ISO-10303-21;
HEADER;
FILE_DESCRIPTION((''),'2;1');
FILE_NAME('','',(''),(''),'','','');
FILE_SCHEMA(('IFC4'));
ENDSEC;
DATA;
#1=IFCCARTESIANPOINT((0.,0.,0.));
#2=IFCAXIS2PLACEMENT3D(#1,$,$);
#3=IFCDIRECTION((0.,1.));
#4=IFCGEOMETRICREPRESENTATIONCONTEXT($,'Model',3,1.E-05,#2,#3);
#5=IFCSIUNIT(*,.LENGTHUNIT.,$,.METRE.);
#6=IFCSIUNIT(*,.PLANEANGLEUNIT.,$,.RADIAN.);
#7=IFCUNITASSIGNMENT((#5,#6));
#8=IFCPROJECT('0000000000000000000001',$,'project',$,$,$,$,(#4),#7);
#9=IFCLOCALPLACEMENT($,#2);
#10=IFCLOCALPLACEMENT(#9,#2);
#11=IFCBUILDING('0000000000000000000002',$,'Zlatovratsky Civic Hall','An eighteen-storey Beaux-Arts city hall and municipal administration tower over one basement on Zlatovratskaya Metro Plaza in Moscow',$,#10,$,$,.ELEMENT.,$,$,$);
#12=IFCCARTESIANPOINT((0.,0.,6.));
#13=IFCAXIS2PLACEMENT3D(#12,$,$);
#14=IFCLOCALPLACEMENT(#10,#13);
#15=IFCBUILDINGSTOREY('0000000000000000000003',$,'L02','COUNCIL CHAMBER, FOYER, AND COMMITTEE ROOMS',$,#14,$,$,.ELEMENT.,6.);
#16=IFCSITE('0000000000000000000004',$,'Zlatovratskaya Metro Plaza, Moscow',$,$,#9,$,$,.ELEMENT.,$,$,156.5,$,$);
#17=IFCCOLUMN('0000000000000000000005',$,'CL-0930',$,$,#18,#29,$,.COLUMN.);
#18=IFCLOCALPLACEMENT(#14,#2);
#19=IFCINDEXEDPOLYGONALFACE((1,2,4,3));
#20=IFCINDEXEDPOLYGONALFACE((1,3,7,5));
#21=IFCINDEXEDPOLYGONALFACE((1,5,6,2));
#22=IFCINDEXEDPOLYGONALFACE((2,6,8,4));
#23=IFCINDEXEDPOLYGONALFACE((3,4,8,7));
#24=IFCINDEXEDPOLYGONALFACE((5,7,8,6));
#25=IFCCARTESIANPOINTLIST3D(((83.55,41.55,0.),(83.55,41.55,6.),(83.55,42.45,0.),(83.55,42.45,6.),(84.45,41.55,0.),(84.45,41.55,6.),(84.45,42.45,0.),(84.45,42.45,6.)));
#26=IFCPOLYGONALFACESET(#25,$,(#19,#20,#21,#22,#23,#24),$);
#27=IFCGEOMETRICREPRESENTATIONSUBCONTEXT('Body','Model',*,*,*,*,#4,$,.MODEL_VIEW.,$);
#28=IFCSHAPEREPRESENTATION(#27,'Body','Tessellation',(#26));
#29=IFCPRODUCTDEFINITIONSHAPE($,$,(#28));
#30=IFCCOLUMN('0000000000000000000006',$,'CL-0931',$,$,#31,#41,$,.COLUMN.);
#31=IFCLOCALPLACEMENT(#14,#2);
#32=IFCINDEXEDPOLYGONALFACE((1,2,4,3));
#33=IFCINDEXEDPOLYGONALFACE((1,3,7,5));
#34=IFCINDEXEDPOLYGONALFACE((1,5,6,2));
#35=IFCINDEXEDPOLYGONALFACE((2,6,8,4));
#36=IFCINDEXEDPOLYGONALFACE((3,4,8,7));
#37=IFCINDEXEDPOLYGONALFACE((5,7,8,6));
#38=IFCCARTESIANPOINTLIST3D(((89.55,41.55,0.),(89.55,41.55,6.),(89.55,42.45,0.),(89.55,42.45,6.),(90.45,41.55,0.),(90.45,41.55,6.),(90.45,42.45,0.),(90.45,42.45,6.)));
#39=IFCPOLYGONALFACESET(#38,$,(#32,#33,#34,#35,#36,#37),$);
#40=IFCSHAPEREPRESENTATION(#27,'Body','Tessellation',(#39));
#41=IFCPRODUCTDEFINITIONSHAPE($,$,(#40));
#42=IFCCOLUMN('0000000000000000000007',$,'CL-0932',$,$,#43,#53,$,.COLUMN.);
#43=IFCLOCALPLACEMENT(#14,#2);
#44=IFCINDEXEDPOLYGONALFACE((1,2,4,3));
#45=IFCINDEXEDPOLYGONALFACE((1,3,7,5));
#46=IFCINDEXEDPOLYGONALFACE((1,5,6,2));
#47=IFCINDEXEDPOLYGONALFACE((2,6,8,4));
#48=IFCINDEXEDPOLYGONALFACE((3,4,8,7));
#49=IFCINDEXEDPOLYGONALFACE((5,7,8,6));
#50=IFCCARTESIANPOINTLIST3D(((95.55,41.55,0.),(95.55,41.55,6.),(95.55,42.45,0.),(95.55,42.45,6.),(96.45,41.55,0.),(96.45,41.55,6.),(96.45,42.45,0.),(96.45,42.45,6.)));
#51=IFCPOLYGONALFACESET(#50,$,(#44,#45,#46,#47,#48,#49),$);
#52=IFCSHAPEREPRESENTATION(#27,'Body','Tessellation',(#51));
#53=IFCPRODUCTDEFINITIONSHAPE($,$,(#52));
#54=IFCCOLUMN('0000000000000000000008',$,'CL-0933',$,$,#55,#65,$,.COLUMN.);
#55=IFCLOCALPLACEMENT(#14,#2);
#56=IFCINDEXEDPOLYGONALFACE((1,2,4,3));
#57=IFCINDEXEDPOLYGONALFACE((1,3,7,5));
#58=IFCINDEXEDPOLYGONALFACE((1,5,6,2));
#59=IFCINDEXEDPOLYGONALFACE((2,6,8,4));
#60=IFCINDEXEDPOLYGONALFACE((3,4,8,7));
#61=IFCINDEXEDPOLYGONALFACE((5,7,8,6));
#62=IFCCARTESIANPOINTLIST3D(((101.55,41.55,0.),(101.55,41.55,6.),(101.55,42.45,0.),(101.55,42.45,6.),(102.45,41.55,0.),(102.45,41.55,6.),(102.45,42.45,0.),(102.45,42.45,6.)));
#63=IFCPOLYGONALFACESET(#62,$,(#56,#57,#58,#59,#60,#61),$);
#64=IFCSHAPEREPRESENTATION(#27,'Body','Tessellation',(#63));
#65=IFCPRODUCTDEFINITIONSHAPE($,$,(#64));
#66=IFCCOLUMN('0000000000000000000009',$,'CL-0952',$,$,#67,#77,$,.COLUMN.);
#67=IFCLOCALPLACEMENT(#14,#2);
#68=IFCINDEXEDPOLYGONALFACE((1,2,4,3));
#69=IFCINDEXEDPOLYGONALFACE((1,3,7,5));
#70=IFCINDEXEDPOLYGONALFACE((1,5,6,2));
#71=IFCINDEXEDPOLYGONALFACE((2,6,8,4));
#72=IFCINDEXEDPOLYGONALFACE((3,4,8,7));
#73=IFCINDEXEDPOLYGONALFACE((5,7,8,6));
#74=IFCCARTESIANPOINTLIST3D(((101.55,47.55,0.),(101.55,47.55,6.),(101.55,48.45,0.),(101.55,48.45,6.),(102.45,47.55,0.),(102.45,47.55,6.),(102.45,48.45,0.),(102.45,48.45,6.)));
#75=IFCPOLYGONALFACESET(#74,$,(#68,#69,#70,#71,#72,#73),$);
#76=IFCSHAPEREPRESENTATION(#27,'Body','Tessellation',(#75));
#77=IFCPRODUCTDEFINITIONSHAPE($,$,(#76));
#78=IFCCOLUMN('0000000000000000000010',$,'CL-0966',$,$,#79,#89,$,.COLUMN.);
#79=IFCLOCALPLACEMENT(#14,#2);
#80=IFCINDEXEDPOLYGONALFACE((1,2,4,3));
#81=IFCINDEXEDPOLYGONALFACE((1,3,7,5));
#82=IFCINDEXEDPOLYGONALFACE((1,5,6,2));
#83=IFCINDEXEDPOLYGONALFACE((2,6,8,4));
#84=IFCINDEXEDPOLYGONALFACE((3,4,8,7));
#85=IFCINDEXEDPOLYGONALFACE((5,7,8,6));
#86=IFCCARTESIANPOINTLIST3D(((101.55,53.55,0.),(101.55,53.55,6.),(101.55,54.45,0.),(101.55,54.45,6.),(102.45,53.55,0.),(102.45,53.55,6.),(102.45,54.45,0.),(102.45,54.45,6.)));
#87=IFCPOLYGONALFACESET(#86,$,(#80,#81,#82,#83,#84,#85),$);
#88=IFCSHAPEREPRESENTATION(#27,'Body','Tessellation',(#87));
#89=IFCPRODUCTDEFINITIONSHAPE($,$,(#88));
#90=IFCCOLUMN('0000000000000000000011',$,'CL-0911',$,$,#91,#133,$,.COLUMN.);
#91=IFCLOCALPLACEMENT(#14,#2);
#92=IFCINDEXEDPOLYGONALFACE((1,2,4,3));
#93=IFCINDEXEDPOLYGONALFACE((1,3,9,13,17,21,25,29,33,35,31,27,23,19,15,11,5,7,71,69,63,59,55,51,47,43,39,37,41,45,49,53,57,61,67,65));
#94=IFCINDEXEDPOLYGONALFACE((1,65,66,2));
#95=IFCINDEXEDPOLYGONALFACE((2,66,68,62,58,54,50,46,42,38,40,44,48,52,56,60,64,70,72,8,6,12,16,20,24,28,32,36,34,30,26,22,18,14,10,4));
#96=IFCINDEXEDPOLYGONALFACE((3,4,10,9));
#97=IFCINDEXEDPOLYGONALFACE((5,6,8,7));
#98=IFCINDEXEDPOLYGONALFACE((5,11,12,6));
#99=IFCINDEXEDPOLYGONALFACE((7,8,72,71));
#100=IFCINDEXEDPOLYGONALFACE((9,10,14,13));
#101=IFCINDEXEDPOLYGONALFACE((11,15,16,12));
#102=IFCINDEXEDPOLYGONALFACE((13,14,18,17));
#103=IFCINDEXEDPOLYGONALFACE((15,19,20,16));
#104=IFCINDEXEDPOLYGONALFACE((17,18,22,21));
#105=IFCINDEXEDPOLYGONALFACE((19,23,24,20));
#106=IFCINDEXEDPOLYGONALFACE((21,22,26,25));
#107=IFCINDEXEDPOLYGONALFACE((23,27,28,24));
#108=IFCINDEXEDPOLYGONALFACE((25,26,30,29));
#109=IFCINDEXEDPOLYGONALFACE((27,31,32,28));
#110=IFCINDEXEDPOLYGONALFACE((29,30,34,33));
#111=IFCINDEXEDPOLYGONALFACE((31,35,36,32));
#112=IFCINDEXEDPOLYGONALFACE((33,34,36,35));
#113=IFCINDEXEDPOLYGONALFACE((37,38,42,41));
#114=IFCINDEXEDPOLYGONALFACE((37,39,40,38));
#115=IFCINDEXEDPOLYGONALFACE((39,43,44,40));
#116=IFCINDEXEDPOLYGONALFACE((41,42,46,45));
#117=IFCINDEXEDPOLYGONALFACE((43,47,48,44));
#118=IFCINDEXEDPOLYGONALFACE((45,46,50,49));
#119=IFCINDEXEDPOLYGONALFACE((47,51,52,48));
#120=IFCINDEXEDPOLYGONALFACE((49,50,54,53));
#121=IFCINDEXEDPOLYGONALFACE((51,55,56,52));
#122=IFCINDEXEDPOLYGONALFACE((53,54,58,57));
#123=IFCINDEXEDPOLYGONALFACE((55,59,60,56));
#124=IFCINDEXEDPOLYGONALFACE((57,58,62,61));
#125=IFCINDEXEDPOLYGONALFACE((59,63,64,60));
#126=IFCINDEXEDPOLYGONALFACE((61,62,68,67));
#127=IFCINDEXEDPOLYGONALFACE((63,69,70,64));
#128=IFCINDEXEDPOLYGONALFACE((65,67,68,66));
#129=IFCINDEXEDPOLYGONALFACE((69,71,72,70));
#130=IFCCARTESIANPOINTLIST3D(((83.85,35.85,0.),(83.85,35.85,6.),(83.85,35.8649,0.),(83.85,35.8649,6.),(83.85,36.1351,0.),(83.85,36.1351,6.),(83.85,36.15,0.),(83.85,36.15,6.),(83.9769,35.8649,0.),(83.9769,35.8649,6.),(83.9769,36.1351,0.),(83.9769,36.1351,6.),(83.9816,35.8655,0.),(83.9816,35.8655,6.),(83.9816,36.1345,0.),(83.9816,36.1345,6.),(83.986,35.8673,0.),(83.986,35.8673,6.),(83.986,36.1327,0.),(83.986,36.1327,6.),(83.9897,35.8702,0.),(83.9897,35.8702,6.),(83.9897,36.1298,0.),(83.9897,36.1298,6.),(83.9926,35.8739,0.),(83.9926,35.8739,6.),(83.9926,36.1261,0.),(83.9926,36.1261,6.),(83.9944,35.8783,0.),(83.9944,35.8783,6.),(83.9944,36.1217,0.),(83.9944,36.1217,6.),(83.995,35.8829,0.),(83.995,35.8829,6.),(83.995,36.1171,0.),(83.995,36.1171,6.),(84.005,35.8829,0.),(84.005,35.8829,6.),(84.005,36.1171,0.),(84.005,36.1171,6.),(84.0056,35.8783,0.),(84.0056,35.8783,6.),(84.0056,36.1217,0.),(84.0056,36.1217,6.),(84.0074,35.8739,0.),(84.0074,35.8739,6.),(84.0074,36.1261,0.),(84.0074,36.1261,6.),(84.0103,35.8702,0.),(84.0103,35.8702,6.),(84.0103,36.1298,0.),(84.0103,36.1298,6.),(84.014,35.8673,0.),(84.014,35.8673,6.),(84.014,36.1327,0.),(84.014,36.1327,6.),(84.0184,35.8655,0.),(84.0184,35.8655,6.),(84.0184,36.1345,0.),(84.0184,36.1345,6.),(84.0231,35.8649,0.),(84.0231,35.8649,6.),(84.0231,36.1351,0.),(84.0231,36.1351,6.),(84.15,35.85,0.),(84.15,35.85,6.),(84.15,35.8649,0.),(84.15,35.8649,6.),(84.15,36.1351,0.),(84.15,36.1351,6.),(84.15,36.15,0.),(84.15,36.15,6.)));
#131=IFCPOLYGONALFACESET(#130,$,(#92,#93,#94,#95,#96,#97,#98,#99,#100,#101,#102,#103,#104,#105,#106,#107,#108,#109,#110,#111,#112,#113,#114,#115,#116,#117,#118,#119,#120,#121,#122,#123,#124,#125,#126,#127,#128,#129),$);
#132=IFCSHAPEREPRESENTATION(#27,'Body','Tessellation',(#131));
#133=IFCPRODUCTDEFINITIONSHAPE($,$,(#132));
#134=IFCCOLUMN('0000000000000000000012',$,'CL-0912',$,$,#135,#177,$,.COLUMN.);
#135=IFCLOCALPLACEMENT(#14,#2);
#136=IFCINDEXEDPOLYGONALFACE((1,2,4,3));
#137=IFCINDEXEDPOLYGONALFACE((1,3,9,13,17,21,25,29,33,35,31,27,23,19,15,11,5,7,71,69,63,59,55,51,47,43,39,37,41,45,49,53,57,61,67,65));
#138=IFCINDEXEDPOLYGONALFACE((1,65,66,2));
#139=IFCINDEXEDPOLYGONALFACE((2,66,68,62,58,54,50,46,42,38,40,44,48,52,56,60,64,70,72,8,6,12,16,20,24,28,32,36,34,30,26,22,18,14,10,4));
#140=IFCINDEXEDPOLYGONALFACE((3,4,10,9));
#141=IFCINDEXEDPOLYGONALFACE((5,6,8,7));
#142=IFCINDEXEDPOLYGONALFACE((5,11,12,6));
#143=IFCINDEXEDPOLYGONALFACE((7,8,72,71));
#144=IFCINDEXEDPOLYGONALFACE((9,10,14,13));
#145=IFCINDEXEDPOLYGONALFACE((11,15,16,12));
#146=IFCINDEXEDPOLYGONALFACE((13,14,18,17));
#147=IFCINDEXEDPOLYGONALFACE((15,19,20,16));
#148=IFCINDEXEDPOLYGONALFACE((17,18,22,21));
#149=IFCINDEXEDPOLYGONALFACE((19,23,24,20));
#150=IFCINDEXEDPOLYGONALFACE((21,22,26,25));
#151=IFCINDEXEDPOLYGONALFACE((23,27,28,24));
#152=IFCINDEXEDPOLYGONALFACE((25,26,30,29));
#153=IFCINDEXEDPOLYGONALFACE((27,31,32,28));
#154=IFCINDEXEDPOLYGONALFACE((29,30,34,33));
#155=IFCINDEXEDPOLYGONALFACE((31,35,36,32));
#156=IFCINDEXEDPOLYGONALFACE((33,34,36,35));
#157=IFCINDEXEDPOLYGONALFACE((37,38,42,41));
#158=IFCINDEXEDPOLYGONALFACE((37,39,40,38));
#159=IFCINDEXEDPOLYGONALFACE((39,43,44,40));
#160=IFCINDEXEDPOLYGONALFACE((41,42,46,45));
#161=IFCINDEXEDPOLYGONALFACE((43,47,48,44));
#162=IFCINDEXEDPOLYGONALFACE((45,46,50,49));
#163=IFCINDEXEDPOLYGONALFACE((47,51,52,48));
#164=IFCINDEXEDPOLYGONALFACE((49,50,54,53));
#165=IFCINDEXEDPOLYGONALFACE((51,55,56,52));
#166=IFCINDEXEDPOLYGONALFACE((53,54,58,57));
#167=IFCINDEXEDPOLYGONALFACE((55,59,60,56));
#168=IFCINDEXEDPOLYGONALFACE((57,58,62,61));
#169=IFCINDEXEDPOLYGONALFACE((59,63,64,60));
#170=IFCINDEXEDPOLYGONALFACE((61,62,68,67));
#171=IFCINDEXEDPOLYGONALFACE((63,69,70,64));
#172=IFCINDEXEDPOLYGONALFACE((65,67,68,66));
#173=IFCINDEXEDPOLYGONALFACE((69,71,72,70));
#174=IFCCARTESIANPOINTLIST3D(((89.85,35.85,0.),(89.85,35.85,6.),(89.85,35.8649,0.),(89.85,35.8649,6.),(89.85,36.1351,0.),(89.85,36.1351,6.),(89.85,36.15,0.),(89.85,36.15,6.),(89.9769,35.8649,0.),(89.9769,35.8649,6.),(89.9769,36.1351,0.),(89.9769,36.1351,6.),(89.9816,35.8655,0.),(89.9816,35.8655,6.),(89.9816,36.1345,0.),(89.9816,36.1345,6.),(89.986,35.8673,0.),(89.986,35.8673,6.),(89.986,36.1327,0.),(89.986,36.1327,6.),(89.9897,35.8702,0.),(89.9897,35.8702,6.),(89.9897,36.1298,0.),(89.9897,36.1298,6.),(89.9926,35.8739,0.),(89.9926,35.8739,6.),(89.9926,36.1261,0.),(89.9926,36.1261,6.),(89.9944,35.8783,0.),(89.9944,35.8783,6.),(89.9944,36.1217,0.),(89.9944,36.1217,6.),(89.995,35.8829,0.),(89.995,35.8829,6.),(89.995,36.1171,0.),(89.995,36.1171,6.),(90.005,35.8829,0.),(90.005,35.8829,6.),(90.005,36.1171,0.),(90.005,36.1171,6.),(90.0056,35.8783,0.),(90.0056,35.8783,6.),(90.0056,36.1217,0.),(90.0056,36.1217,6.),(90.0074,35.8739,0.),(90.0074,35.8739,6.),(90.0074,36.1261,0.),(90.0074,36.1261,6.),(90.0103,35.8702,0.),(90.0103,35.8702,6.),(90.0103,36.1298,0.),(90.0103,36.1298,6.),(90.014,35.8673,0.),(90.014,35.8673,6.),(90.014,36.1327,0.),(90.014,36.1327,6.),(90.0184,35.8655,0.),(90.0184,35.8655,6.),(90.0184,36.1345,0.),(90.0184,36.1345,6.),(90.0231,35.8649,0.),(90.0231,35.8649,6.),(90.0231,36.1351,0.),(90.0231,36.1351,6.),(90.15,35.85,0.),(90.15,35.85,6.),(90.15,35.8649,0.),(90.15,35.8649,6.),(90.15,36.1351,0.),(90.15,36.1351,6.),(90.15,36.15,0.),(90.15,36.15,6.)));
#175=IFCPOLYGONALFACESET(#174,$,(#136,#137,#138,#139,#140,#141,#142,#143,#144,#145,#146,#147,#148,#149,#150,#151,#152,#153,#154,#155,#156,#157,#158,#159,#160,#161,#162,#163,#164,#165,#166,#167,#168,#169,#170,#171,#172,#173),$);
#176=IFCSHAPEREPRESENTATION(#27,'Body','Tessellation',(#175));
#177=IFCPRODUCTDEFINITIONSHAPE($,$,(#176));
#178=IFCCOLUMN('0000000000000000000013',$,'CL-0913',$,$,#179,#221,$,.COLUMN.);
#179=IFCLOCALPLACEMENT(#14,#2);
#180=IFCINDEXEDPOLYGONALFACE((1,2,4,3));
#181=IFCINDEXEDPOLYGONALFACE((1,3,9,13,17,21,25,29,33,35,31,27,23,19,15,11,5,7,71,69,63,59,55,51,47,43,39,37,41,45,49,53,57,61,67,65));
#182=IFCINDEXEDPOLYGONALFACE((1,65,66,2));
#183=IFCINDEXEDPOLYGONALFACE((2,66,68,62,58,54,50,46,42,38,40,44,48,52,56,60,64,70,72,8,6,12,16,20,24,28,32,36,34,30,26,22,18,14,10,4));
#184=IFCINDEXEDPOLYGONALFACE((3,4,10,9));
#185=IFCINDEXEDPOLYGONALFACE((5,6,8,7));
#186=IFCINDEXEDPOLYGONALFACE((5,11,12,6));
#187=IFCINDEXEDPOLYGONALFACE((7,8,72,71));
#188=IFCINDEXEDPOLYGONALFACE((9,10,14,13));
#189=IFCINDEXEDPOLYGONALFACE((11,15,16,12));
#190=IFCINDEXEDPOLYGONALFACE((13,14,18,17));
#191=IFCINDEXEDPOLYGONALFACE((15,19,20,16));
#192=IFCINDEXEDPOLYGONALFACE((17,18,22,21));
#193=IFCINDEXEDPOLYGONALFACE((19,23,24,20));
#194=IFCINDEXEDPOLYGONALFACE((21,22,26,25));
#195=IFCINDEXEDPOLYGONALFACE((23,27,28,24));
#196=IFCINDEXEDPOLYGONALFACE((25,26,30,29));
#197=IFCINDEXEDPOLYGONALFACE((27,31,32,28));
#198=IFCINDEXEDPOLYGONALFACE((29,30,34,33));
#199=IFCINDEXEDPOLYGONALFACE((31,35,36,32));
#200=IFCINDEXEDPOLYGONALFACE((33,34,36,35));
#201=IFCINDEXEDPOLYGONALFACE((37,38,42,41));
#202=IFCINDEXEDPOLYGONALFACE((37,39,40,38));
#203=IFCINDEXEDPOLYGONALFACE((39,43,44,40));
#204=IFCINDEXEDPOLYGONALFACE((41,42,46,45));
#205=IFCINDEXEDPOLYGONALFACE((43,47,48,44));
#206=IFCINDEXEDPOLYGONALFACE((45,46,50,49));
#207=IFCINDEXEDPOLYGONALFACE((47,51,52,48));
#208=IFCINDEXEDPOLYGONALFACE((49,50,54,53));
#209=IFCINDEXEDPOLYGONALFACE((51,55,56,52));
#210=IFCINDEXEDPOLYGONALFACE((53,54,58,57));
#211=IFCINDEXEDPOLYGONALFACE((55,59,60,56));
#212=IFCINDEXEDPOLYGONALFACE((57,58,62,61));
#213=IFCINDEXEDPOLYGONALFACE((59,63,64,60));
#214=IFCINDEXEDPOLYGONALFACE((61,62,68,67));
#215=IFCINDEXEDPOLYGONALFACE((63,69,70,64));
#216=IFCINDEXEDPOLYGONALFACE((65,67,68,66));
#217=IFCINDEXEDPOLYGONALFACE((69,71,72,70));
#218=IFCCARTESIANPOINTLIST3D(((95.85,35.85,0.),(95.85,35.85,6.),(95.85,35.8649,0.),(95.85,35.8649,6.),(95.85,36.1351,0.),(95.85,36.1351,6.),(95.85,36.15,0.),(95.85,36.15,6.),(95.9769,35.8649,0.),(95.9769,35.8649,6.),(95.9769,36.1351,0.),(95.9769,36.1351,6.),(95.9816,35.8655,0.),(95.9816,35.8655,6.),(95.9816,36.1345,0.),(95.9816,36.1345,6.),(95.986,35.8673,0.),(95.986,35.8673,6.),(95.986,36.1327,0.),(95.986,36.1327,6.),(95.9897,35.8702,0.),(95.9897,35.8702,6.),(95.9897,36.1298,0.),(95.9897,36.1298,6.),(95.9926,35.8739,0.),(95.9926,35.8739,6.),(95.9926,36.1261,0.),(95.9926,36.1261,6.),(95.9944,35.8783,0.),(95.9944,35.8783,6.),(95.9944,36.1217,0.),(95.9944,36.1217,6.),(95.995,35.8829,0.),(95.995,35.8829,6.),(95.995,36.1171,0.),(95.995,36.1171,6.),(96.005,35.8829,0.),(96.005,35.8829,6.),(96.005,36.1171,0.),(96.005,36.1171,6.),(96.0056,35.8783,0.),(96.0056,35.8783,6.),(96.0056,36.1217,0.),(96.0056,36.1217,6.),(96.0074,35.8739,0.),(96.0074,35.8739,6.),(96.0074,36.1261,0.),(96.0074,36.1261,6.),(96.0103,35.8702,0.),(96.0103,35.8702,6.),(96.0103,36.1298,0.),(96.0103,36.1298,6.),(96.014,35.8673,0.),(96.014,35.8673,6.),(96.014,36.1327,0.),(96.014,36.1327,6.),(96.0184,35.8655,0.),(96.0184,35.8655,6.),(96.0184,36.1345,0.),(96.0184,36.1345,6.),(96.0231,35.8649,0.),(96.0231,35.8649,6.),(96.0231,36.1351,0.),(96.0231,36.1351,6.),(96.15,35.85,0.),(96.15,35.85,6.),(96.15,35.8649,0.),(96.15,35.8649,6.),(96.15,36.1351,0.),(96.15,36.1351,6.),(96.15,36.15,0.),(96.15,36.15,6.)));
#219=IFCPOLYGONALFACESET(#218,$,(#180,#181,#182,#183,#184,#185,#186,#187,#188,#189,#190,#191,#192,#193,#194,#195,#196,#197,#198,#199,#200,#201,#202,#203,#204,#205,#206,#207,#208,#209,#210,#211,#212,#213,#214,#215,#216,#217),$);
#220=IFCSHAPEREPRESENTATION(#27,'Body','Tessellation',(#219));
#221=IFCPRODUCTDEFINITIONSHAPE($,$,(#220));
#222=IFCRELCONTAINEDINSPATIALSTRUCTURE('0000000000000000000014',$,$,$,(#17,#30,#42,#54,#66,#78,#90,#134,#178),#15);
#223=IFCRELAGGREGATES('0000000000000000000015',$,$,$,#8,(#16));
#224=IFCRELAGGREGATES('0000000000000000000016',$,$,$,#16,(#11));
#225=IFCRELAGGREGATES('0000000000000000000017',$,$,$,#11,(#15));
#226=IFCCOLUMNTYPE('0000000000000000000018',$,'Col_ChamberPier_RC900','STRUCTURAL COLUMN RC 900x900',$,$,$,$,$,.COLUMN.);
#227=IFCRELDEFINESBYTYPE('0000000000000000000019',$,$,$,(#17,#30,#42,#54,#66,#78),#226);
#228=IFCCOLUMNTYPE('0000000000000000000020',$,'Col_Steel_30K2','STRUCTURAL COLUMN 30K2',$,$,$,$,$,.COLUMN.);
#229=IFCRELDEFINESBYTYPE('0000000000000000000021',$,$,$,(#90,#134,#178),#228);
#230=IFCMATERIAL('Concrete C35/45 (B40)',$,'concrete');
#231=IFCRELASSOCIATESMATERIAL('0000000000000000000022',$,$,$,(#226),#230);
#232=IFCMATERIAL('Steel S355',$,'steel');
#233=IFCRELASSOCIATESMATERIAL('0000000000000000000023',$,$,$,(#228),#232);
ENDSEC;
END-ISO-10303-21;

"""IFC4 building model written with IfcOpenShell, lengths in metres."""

from ifc_helpers import new_model, si_unit, direction, frame, origin, origin_2d, place, context, subcontext, project, spatial, rectangle, i_section, extrude, material, material_profile, profile_set, type_object, element, save


model = new_model("IFC4")

# Units and contexts
model_context = context("Model", 3, precision=1e-05, world=origin(), true_north=direction((0.0, 1.0)))
body_context = subcontext(model_context, "Body", "Model", "MODEL_VIEW")
ifc_project = project(units=[si_unit("LENGTHUNIT", "METRE"), si_unit("PLANEANGLEUNIT", "RADIAN")], contexts=[model_context])

# Site, building, storey
site_placement = place(None, origin())
site = spatial("IfcSite", under=ifc_project, at=site_placement, Name="Zlatovratskaya Metro Plaza, Moscow", CompositionType="ELEMENT", RefElevation=156.5)
building_placement = place(site_placement, origin())
building = spatial("IfcBuilding", under=site, at=building_placement, Name="Zlatovratsky Civic Hall", Description="An eighteen-storey Beaux-Arts city hall and municipal administration tower over one basement on Zlatovratskaya Metro Plaza in Moscow", CompositionType="ELEMENT")
storey_placement = place(building_placement, frame((0.0, 0.0, 6.0)))
storey = spatial("IfcBuildingStorey", under=building, at=storey_placement, Name="L02", Description="COUNCIL CHAMBER, FOYER, AND COMMITTEE ROOMS", CompositionType="ELEMENT", Elevation=6.0)

# Columns
ifc_material_1 = material(Name="Concrete C35/45 (B40)", Category="concrete")
ifc_material_profile_1 = material_profile(ifc_material_1, rectangle(XDim=0.8999, YDim=0.8999, at=origin_2d()), Name="RC 900x900")
ifc_profile_set_1 = profile_set([ifc_material_profile_1], Name="Concrete C35/45 (B40)")
column_type_1 = type_object("IfcColumnType", Name="Col_ChamberPier_RC900", Description="STRUCTURAL COLUMN RC 900x900", PredefinedType="COLUMN", material=ifc_profile_set_1)
for number, where, z_axis, x_axis, name in (
    (1, (84.0, 42.0, 0.0), (0.0, 0.0, 1.0), (1.0, 0.0, 0.0), "CL-0930"),
    (2, (90.0, 42.0, 0.0), (0.0, 0.0, 1.0), (1.0, 0.0, 0.0), "CL-0931"),
    (3, (96.0, 42.0, 0.0), (0.0, 0.0, 1.0), (1.0, 0.0, 0.0), "CL-0932"),
    (4, (102.0, 42.0, 0.0), (0.0, 0.0, 1.0), (1.0, 0.0, 0.0), "CL-0933"),
    (5, (102.0, 48.0, 0.0), (0.0, 0.0, 1.0), (1.0, 0.0, 0.0), "CL-0952"),
    (6, (102.0, 54.0, 0.0), (0.0, 0.0, 1.0), (1.0, 0.0, 0.0), "CL-0966"),
):
    element("IfcColumn", number, at=place(storey_placement, frame(where, z_axis=z_axis, x_axis=x_axis)), inside=storey, type_object=column_type_1, Name=name, PredefinedType="COLUMN", context=body_context, shape_type="SweptSolid", body=[
        extrude(rectangle(XDim=0.8999, YDim=0.8999, at=origin_2d()), origin(), (0.0, 0.0, 1.0), 6.0),
    ])
ifc_material_2 = material(Name="Steel S355", Category="steel")
ifc_material_profile_2 = material_profile(ifc_material_2, i_section(OverallWidth=0.3, OverallDepth=0.3, WebThickness=0.01, FlangeThickness=0.0149, FilletRadius=0.0181, at=origin_2d()), Name="30K2")
ifc_profile_set_2 = profile_set([ifc_material_profile_2], Name="Steel S355")
column_type_2 = type_object("IfcColumnType", Name="Col_Steel_30K2", Description="STRUCTURAL COLUMN 30K2", PredefinedType="COLUMN", material=ifc_profile_set_2)
for number, where, z_axis, x_axis, name in (
    (7, (84.0, 36.0, 0.0), (0.0, 0.0, 1.0), (1.0, 0.0, 0.0), "CL-0911"),
    (8, (90.0, 36.0, 0.0), (0.0, 0.0, 1.0), (1.0, 0.0, 0.0), "CL-0912"),
    (9, (96.0, 36.0, 0.0), (0.0, 0.0, 1.0), (1.0, 0.0, 0.0), "CL-0913"),
):
    element("IfcColumn", number, at=place(storey_placement, frame(where, z_axis=z_axis, x_axis=x_axis)), inside=storey, type_object=column_type_2, Name=name, PredefinedType="COLUMN", context=body_context, shape_type="SweptSolid", body=[
        extrude(i_section(OverallWidth=0.3, OverallDepth=0.3, WebThickness=0.01, FlangeThickness=0.0149, FilletRadius=0.0181, at=origin_2d()), origin(), (0.0, 0.0, 1.0), 6.0),
    ])

save(model, "model.ifc")
